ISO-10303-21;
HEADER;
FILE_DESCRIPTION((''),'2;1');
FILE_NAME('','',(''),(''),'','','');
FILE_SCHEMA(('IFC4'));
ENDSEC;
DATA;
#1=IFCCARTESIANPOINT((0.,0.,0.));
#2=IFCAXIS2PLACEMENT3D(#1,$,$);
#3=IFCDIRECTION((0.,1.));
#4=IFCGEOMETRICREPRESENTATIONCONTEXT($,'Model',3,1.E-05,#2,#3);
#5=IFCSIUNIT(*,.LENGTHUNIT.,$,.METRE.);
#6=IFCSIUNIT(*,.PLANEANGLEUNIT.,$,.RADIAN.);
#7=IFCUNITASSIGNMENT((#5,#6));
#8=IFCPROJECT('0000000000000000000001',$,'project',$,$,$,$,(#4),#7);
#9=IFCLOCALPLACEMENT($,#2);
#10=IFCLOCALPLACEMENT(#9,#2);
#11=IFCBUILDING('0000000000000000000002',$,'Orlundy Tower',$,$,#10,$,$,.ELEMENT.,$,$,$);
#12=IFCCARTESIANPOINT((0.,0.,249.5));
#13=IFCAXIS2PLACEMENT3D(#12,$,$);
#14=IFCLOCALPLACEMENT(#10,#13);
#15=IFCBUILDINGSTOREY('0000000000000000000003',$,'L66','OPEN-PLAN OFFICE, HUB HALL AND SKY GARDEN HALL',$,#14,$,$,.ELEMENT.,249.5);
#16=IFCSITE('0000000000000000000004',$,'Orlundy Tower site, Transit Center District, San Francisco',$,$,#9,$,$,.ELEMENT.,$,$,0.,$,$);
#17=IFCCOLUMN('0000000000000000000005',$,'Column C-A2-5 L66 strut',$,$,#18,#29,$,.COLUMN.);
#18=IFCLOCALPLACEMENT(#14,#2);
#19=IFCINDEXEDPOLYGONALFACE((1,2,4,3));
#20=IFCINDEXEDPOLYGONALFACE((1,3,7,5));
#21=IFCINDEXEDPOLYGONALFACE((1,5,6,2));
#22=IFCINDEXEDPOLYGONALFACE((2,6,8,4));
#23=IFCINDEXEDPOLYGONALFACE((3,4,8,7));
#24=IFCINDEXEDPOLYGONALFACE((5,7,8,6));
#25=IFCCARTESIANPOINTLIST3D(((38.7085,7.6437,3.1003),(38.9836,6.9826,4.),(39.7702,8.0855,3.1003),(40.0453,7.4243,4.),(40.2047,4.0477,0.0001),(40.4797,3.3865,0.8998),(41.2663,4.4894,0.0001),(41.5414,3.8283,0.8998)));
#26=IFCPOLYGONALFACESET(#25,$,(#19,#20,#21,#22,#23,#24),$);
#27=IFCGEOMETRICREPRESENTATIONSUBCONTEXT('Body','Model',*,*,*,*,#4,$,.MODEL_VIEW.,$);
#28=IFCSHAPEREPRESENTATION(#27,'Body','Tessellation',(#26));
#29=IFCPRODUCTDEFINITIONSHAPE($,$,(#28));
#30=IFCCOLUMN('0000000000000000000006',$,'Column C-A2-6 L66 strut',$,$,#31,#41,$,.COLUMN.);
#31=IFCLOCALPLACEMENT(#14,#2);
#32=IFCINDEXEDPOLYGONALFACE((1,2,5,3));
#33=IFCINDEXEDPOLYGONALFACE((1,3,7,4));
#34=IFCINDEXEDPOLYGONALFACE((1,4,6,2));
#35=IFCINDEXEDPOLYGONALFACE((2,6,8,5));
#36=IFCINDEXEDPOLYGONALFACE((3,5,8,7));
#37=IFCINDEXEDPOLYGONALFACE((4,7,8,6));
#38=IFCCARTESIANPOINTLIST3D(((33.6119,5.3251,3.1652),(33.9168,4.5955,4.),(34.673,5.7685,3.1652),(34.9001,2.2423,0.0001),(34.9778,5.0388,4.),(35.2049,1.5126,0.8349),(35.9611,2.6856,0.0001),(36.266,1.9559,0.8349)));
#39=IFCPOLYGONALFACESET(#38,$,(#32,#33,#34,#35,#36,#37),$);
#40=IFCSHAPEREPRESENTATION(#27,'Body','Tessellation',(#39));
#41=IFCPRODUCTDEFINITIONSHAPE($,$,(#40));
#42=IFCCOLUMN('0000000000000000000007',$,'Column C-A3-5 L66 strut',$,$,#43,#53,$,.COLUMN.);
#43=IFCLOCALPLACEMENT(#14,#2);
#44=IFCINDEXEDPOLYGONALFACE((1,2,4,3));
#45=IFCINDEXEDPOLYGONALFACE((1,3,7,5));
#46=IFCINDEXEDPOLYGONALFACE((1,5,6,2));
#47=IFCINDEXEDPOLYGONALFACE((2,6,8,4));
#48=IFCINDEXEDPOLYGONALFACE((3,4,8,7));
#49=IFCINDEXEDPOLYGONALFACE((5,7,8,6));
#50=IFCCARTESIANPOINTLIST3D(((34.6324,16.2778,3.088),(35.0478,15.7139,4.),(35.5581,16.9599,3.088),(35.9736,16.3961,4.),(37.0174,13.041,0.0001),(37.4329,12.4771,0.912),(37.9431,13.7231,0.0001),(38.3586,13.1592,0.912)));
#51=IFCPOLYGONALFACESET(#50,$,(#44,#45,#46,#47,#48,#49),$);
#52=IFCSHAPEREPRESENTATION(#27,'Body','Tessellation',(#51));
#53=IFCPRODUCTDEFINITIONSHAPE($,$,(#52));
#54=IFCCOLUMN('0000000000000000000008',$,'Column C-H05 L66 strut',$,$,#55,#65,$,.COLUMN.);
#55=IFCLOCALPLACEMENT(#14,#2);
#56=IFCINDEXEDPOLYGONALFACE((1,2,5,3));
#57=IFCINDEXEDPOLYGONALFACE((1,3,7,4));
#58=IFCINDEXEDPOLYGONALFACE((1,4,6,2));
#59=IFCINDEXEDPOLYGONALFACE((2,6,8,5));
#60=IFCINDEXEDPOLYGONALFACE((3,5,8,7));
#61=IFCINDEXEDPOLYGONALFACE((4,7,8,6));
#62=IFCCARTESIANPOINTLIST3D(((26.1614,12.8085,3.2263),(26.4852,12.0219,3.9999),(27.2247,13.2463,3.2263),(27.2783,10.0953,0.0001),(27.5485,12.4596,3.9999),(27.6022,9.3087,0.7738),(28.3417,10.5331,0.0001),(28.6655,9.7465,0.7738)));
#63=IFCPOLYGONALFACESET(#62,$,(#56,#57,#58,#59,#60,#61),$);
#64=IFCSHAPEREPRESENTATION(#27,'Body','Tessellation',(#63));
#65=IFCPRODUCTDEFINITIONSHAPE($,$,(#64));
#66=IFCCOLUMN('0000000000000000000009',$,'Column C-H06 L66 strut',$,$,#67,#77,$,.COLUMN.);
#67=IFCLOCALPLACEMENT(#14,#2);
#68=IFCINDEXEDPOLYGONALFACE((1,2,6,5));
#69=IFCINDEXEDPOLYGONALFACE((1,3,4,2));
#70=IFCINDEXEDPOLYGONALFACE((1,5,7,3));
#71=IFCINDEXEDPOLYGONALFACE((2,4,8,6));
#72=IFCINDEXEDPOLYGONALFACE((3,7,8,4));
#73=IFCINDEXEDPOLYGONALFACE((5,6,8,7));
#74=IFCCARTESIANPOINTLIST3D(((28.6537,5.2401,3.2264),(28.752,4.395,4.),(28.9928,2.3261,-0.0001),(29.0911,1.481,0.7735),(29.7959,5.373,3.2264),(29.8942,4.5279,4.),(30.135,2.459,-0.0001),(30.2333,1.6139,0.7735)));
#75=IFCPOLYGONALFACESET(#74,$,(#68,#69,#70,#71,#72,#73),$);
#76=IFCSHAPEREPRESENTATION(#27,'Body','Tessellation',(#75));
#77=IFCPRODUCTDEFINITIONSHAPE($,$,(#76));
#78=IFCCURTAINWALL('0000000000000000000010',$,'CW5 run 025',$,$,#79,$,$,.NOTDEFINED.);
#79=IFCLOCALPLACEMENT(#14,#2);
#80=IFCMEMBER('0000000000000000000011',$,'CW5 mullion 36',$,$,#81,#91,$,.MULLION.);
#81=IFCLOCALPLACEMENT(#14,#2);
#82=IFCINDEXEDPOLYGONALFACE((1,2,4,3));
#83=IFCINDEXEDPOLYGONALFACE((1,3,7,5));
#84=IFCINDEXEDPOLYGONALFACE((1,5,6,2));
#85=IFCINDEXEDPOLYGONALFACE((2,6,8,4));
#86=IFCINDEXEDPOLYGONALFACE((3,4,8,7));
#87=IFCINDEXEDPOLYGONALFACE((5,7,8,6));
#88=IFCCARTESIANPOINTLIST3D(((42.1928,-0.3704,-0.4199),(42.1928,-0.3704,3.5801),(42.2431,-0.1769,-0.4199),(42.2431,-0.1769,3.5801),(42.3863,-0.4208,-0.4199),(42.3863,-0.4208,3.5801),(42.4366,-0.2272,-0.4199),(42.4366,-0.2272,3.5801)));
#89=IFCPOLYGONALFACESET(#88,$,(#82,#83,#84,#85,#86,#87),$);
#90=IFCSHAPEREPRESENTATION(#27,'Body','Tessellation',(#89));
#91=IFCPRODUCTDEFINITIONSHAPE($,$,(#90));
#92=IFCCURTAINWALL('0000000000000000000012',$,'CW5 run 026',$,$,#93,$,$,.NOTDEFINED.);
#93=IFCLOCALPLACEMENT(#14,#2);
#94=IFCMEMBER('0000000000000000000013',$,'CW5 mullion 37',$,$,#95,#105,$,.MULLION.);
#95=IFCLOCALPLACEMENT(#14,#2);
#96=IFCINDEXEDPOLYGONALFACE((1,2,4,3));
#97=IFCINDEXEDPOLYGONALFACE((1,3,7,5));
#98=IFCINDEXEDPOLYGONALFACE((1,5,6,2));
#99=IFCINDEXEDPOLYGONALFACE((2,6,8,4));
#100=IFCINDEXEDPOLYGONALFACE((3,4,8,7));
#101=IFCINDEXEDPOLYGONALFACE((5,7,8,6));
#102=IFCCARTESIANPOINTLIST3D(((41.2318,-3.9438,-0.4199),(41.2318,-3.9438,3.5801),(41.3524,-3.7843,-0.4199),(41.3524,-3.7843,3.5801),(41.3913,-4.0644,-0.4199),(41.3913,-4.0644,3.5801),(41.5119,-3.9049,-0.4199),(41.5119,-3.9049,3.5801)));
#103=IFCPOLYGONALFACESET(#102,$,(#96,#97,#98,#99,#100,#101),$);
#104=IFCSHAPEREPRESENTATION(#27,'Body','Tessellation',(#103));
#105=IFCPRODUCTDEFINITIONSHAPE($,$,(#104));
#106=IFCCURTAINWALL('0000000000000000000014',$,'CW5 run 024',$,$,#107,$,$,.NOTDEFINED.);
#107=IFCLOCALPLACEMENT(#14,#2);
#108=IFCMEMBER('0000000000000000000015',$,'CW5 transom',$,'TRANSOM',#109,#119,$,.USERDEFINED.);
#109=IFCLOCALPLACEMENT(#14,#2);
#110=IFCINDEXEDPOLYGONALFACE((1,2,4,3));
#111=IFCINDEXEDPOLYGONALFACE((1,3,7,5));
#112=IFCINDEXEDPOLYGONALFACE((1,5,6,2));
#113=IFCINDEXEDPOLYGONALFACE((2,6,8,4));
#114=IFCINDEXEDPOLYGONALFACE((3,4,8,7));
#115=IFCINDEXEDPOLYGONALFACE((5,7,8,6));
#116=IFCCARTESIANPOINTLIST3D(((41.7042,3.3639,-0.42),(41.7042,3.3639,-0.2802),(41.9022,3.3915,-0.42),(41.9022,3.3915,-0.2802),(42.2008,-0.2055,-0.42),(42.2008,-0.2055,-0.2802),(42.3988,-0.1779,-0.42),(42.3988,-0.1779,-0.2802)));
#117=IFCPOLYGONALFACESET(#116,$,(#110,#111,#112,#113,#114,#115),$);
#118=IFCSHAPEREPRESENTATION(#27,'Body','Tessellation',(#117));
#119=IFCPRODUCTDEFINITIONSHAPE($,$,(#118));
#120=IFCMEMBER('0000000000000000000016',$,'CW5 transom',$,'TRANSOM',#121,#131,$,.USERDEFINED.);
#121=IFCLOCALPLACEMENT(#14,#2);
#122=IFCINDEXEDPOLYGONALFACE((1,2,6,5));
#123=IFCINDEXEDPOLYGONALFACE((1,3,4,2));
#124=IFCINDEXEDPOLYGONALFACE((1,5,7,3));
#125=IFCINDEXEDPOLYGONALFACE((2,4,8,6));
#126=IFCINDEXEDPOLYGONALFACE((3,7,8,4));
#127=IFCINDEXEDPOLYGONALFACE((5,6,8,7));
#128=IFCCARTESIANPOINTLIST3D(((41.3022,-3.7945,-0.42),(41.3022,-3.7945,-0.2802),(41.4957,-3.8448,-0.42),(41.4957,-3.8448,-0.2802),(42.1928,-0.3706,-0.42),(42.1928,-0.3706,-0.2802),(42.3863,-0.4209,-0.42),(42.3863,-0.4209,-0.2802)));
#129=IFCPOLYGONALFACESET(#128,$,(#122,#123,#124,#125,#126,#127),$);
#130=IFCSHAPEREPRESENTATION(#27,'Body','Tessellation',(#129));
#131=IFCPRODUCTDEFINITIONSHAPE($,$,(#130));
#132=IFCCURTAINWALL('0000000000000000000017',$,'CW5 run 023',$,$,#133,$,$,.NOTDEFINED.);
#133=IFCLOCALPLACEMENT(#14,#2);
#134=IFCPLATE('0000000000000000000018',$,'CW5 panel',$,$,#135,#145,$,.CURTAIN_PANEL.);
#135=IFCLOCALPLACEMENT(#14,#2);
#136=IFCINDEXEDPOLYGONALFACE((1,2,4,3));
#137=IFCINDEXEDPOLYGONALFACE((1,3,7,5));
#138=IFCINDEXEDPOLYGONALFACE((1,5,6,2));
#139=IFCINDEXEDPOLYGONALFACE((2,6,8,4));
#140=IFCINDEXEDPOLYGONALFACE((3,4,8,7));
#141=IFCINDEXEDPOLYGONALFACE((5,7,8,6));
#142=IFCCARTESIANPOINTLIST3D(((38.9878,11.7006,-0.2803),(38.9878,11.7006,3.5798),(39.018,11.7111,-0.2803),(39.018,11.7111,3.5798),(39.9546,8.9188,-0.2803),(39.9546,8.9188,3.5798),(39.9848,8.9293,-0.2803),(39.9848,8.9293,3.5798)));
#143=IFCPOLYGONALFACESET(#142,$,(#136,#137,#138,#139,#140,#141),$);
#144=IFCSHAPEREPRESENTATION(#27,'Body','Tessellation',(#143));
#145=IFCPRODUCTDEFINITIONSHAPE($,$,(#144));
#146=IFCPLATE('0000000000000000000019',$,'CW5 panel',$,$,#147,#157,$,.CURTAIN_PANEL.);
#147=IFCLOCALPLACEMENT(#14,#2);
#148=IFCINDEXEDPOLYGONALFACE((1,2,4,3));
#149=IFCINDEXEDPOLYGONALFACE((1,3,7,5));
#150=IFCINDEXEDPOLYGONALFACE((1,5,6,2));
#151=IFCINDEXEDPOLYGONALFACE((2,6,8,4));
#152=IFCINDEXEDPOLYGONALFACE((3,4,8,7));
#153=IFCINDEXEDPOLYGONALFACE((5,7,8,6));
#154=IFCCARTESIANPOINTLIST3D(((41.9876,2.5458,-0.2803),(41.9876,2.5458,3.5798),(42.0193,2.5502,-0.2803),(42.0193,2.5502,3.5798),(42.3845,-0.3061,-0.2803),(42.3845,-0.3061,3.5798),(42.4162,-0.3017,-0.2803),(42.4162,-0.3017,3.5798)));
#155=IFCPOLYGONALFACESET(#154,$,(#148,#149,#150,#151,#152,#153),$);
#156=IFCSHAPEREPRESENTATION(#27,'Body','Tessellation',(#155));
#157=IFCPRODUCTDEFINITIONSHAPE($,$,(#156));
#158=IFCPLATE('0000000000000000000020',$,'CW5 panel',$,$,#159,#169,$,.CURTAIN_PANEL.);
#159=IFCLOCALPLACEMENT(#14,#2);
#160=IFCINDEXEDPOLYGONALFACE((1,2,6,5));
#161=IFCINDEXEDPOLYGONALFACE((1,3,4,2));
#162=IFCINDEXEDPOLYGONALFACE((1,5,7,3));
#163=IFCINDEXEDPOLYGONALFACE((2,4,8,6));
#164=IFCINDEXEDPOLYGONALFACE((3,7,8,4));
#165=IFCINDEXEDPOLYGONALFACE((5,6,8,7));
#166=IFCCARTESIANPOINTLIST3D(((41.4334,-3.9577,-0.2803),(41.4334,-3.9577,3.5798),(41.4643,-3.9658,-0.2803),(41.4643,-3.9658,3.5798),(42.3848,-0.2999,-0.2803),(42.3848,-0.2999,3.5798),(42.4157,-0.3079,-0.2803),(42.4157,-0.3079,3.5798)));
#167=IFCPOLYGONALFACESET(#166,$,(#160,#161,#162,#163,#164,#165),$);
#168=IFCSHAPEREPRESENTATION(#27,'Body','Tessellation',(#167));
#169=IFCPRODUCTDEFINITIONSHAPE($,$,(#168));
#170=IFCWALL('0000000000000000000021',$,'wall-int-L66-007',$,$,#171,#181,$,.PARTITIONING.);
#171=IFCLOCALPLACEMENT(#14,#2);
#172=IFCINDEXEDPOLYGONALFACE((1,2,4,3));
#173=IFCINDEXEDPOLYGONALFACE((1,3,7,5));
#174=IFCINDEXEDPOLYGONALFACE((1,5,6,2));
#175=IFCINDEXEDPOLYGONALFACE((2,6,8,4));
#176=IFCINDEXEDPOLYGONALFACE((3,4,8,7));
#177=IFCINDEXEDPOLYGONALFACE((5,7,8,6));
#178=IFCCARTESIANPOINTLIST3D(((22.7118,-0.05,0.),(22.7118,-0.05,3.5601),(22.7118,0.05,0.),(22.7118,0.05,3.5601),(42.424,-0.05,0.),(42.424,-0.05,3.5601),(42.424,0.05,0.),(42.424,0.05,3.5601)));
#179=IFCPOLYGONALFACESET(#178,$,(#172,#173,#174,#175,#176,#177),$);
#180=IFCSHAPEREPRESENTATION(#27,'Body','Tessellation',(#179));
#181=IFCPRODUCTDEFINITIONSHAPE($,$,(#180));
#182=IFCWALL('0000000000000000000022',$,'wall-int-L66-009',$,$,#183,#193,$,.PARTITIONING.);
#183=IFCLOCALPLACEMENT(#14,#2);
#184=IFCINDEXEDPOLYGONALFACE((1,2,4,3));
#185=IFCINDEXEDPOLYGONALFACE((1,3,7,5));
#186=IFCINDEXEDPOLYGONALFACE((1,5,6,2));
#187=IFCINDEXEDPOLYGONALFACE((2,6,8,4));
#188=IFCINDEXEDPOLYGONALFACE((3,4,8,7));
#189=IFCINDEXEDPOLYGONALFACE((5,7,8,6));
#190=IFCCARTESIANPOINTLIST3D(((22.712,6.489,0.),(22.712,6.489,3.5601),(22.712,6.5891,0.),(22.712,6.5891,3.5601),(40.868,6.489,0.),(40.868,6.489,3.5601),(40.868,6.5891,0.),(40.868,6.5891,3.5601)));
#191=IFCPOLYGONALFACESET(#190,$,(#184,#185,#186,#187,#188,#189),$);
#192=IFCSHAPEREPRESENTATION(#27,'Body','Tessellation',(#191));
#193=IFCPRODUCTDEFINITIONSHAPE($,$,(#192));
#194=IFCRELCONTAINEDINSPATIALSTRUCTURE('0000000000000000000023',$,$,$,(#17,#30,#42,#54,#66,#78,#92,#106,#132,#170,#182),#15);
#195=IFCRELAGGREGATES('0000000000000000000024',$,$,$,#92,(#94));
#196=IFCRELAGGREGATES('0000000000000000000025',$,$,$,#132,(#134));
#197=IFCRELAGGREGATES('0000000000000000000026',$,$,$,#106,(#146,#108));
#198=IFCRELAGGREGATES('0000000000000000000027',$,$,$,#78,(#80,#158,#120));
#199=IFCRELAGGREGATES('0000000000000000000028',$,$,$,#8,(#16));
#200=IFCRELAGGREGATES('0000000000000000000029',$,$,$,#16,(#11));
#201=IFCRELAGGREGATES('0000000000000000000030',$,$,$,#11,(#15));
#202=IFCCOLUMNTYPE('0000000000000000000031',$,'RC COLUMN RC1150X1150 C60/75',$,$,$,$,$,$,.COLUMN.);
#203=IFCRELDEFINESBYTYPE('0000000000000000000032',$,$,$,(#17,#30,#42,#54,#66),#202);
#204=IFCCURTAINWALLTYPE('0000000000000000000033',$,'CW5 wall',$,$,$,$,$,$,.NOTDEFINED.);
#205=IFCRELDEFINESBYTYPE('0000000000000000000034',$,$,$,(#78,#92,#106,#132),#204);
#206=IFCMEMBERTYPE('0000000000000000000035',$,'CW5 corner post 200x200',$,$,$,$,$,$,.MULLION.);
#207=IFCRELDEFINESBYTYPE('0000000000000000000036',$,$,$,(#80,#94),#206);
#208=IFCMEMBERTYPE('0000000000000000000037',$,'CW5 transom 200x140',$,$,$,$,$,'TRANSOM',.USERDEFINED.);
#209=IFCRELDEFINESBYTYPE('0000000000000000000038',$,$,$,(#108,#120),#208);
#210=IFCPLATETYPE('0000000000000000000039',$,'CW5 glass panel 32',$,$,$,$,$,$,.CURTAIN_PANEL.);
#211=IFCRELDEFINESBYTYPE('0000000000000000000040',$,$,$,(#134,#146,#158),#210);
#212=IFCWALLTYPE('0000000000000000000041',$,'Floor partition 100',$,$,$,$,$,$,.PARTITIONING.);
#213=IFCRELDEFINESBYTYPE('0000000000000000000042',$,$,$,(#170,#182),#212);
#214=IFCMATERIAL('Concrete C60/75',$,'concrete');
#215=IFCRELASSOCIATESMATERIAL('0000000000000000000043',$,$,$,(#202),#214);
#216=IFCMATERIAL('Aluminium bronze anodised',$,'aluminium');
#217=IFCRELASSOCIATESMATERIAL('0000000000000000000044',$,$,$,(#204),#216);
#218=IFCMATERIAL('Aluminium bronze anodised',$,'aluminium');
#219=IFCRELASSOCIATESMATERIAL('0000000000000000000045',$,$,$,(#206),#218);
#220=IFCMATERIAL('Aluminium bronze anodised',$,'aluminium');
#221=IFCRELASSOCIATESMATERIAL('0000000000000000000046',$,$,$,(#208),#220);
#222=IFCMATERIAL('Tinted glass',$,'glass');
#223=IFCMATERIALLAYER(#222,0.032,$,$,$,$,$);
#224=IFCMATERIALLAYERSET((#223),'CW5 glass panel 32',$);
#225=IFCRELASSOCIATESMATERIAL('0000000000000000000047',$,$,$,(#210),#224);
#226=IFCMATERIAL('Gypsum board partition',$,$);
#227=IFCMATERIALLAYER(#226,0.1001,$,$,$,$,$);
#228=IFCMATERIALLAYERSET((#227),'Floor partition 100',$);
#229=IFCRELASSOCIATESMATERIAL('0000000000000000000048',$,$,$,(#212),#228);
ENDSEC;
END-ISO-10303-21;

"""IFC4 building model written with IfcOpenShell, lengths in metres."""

from ifc_helpers import new_model, si_unit, direction, frame, frame_2d, origin, origin_2d, place, context, subcontext, project, spatial, rectangle, extrude, material, layer, layer_set, material_profile, profile_set, type_object, element, aggregate, save


model = new_model("IFC4")

# Units and contexts
model_context = context("Model", 3, precision=1e-05, world=origin(), true_north=direction((0.0, 1.0)))
body_context = subcontext(model_context, "Body", "Model", "MODEL_VIEW")
ifc_project = project(units=[si_unit("LENGTHUNIT", "METRE"), si_unit("PLANEANGLEUNIT", "RADIAN")], contexts=[model_context])

# Site, building, storey
site_placement = place(None, origin())
site = spatial("IfcSite", under=ifc_project, at=site_placement, Name="Orlundy Tower site, Transit Center District, San Francisco", CompositionType="ELEMENT", RefElevation=0.0)
building_placement = place(site_placement, origin())
building = spatial("IfcBuilding", under=site, at=building_placement, Name="Orlundy Tower", CompositionType="ELEMENT")
storey_placement = place(building_placement, frame((0.0, 0.0, 249.5)))
storey = spatial("IfcBuildingStorey", under=building, at=storey_placement, Name="L66", Description="OPEN-PLAN OFFICE, HUB HALL AND SKY GARDEN HALL", CompositionType="ELEMENT", Elevation=249.5)

# Columns
ifc_material_1 = material(Name="Concrete C60/75", Category="concrete")
ifc_material_profile_1 = material_profile(ifc_material_1, rectangle(XDim=1.1499, YDim=1.1499, at=origin_2d()), Name="RC1150X1150")
ifc_profile_set_1 = profile_set([ifc_material_profile_1], Name="Concrete C60/75")
column_type = type_object("IfcColumnType", Name="RC COLUMN RC1150X1150 C60/75", PredefinedType="COLUMN", material=ifc_profile_set_1)
column_1_placement = place(storey_placement, frame((40.873, 3.938, 0.45), z_axis=(-0.300546, 0.722379, 0.622769), x_axis=(-0.923279, -0.38413, 0.0)))
element("IfcColumn", 1, at=column_1_placement, inside=storey, type_object=column_type, Name="Column C-A2-5 L66 strut", PredefinedType="COLUMN", context=body_context, shape_type="SweptSolid", body=[
    extrude(rectangle(XDim=1.1499, YDim=1.1499, at=origin_2d()), origin(), (0.0, 0.0, 1.0), 4.978),
])
column_2_placement = place(storey_placement, frame((35.583, 2.0991, 0.4175), z_axis=(-0.279886, 0.669848, 0.687726), x_axis=(-0.922694, -0.385534, 0.0)))
element("IfcColumn", 2, at=column_2_placement, inside=storey, type_object=column_type, Name="Column C-A2-6 L66 strut", PredefinedType="COLUMN", context=body_context, shape_type="SweptSolid", body=[
    extrude(rectangle(XDim=1.1499, YDim=1.1499, at=origin_2d()), origin(), (0.0, 0.0, 1.0), 4.6023),
])
column_3_placement = place(storey_placement, frame((37.688, 13.1001, 0.4561), z_axis=(-0.470458, 0.638482, 0.609106), x_axis=(-0.805057, -0.593197, 0.0)))
element("IfcColumn", 3, at=column_3_placement, inside=storey, type_object=column_type, Name="Column C-A3-5 L66 strut", PredefinedType="COLUMN", context=body_context, shape_type="SweptSolid", body=[
    extrude(rectangle(XDim=1.1499, YDim=1.1499, at=origin_2d()), origin(), (0.0, 0.0, 1.0), 5.0696),
])
for number, where, z_axis, x_axis, name in (
    (4, (27.9719, 9.9209, 0.387), (-0.256135, 0.62217, 0.739797), (-0.924706, -0.380683, 0.0), "Column C-H05 L66 strut"),
    (5, (29.613, 1.97, 0.3867), (-0.077762, 0.668225, 0.739884), (-0.993297, -0.115591, 0.0), "Column C-H06 L66 strut"),
):
    element("IfcColumn", number, at=place(storey_placement, frame(where, z_axis=z_axis, x_axis=x_axis)), inside=storey, type_object=column_type, Name=name, PredefinedType="COLUMN", context=body_context, shape_type="SweptSolid", body=[
        extrude(rectangle(XDim=1.1499, YDim=1.1499, at=origin_2d()), origin(), (0.0, 0.0, 1.0), 4.3608),
    ])

# Curtain walls, members
ifc_material_2 = material(Name="Aluminium bronze anodised", Category="aluminium")
curtain_wall_type = type_object("IfcCurtainWallType", Name="CW5 wall", PredefinedType="NOTDEFINED", material=ifc_material_2)
curtain_wall_1_placement = place(storey_placement, origin())
curtain_wall_1 = element("IfcCurtainWall", 6, at=curtain_wall_1_placement, inside=storey, type_object=curtain_wall_type, Name="CW5 run 025", PredefinedType="NOTDEFINED")
ifc_material_3 = material(Name="Aluminium bronze anodised", Category="aluminium")
ifc_material_profile_2 = material_profile(ifc_material_3, rectangle(XDim=0.2, YDim=0.2, at=origin_2d()), Name="CW5 corner post 200x200")
ifc_profile_set_2 = profile_set([ifc_material_profile_2], Name="Aluminium bronze anodised")
member_type_1 = type_object("IfcMemberType", Name="CW5 corner post 200x200", PredefinedType="MULLION", material=ifc_profile_set_2)
member_1_placement = place(storey_placement, frame((42.3147, -0.2988, -0.4199), z_axis=(0.0, 0.0, 1.0), x_axis=(0.967798, -0.25173, 0.0)))
member_1 = element("IfcMember", 7, at=member_1_placement, type_object=member_type_1, Name="CW5 mullion 36", PredefinedType="MULLION", context=body_context, shape_type="SweptSolid", body=[
    extrude(rectangle(XDim=0.2, YDim=0.2, at=origin_2d()), origin(), (0.0, 0.0, 1.0), 4.0),
])
curtain_wall_2_placement = place(storey_placement, origin())
curtain_wall_2 = element("IfcCurtainWall", 8, at=curtain_wall_2_placement, inside=storey, type_object=curtain_wall_type, Name="CW5 run 026", PredefinedType="NOTDEFINED")
member_2_placement = place(storey_placement, frame((41.3718, -3.9243, -0.4199), z_axis=(0.0, 0.0, 1.0), x_axis=(0.797631, -0.603146, 0.0)))
member_2 = element("IfcMember", 9, at=member_2_placement, type_object=member_type_1, Name="CW5 mullion 37", PredefinedType="MULLION", context=body_context, shape_type="SweptSolid", body=[
    extrude(rectangle(XDim=0.2, YDim=0.2, at=origin_2d()), origin(), (0.0, 0.0, 1.0), 4.0),
])
aggregate(curtain_wall_2, [member_2])
curtain_wall_3_placement = place(storey_placement, origin())
curtain_wall_3 = element("IfcCurtainWall", 10, at=curtain_wall_3_placement, inside=storey, type_object=curtain_wall_type, Name="CW5 run 024", PredefinedType="NOTDEFINED")
ifc_material_4 = material(Name="Aluminium bronze anodised", Category="aluminium")
ifc_material_profile_3 = material_profile(ifc_material_4, rectangle(XDim=0.2, YDim=0.1399, at=origin_2d()), Name="CW5 transom 200x140")
ifc_profile_set_3 = profile_set([ifc_material_profile_3], Name="Aluminium bronze anodised")
member_type_2 = type_object("IfcMemberType", Name="CW5 transom 200x140", ElementType="TRANSOM", PredefinedType="USERDEFINED", material=ifc_profile_set_3)
member_3_placement = place(storey_placement, frame((41.8032, 3.3777, -0.3501), z_axis=(0.137797, -0.99046, 0.0), x_axis=(0.99046, 0.137797, 0.0)))
member_3 = element("IfcMember", 11, at=member_3_placement, type_object=member_type_2, Name="CW5 transom", ObjectType="TRANSOM", PredefinedType="USERDEFINED", context=body_context, shape_type="SweptSolid", body=[
    extrude(rectangle(XDim=0.2, YDim=0.1399, at=origin_2d()), origin(), (0.0, 0.0, 1.0), 3.6038),
])

# Member
member_4_placement = place(storey_placement, frame((42.2896, -0.3958, -0.3501), z_axis=(-0.251748, -0.967793, 0.0), x_axis=(0.967793, -0.251748, 0.0)))
member_4 = element("IfcMember", 12, at=member_4_placement, type_object=member_type_2, Name="CW5 transom", ObjectType="TRANSOM", PredefinedType="USERDEFINED", context=body_context, shape_type="SweptSolid", body=[
    extrude(rectangle(XDim=0.2, YDim=0.1399, at=origin_2d()), origin(), (0.0, 0.0, 1.0), 3.5378),
])

# Curtain wall, plate
curtain_wall_4_placement = place(storey_placement, origin())
curtain_wall_4 = element("IfcCurtainWall", 13, at=curtain_wall_4_placement, inside=storey, type_object=curtain_wall_type, Name="CW5 run 023", PredefinedType="NOTDEFINED")
ifc_material_5 = material(Name="Tinted glass", Category="glass")
ifc_layer_1 = layer(ifc_material_5, 0.032)
ifc_layer_set_1 = layer_set([ifc_layer_1], Name="CW5 glass panel 32")
plate_type = type_object("IfcPlateType", Name="CW5 glass panel 32", PredefinedType="CURTAIN_PANEL", material=ifc_layer_set_1)
plate_1_placement = place(storey_placement, frame((39.4863, 10.3149, -0.2803), z_axis=(0.0, 0.0, 1.0), x_axis=(0.328288, -0.944578, 0.0)))
plate_1 = element("IfcPlate", 14, at=plate_1_placement, type_object=plate_type, Name="CW5 panel", PredefinedType="CURTAIN_PANEL", context=body_context, shape_type="SweptSolid", body=[
    extrude(rectangle(XDim=2.9451, YDim=0.032, at=origin_2d()), origin(), (0.0, 0.0, 1.0), 3.8601),
])
aggregate(curtain_wall_4, [plate_1])

# Plates
plate_2_placement = place(storey_placement, frame((42.2019, 1.1221, -0.2803), z_axis=(0.0, 0.0, 1.0), x_axis=(0.137833, -0.990455, 0.0)))
plate_2 = element("IfcPlate", 15, at=plate_2_placement, type_object=plate_type, Name="CW5 panel", PredefinedType="CURTAIN_PANEL", context=body_context, shape_type="SweptSolid", body=[
    extrude(rectangle(XDim=2.8794, YDim=0.032, at=origin_2d()), origin(), (0.0, 0.0, 1.0), 3.8601),
])
aggregate(curtain_wall_3, [plate_2, member_3])
plate_3_placement = place(storey_placement, frame((41.9246, -2.1328, -0.2803), z_axis=(0.0, 0.0, 1.0), x_axis=(-0.25173, -0.967798, 0.0)))
plate_3 = element("IfcPlate", 16, at=plate_3_placement, type_object=plate_type, Name="CW5 panel", PredefinedType="CURTAIN_PANEL", context=body_context, shape_type="SweptSolid", body=[
    extrude(rectangle(XDim=3.7795, YDim=0.032, at=origin_2d()), origin(), (0.0, 0.0, 1.0), 3.8601),
])
aggregate(curtain_wall_1, [member_1, plate_3, member_4])

# Walls
ifc_material_6 = material(Name="Gypsum board partition")
ifc_layer_2 = layer(ifc_material_6, 0.1001)
ifc_layer_set_2 = layer_set([ifc_layer_2], Name="Floor partition 100")
wall_type_1 = type_object("IfcWallType", Name="Floor partition 100", PredefinedType="PARTITIONING", material=ifc_layer_set_2)
wall_1_placement = place(storey_placement, frame((22.7119, 0.0, 0.0), z_axis=(0.0, 0.0, 1.0), x_axis=(1.0, 0.0, 0.0)))
element("IfcWall", 17, at=wall_1_placement, inside=storey, type_object=wall_type_1, Name="wall-int-L66-007", PredefinedType="PARTITIONING", context=body_context, shape_type="SweptSolid", body=[
    extrude(rectangle(XDim=19.7122, YDim=0.1001, at=frame_2d((9.856, 0.0))), origin(), (0.0, 0.0, 1.0), 3.5601),
])
wall_2_placement = place(storey_placement, frame((22.7119, 6.5391, 0.0), z_axis=(0.0, 0.0, 1.0), x_axis=(1.0, 0.0, 0.0)))
element("IfcWall", 18, at=wall_2_placement, inside=storey, type_object=wall_type_1, Name="wall-int-L66-009", PredefinedType="PARTITIONING", context=body_context, shape_type="SweptSolid", body=[
    extrude(rectangle(XDim=18.156, YDim=0.1001, at=frame_2d((9.0781, 0.0))), origin(), (0.0, 0.0, 1.0), 3.5601),
])

save(model, "model.ifc")
